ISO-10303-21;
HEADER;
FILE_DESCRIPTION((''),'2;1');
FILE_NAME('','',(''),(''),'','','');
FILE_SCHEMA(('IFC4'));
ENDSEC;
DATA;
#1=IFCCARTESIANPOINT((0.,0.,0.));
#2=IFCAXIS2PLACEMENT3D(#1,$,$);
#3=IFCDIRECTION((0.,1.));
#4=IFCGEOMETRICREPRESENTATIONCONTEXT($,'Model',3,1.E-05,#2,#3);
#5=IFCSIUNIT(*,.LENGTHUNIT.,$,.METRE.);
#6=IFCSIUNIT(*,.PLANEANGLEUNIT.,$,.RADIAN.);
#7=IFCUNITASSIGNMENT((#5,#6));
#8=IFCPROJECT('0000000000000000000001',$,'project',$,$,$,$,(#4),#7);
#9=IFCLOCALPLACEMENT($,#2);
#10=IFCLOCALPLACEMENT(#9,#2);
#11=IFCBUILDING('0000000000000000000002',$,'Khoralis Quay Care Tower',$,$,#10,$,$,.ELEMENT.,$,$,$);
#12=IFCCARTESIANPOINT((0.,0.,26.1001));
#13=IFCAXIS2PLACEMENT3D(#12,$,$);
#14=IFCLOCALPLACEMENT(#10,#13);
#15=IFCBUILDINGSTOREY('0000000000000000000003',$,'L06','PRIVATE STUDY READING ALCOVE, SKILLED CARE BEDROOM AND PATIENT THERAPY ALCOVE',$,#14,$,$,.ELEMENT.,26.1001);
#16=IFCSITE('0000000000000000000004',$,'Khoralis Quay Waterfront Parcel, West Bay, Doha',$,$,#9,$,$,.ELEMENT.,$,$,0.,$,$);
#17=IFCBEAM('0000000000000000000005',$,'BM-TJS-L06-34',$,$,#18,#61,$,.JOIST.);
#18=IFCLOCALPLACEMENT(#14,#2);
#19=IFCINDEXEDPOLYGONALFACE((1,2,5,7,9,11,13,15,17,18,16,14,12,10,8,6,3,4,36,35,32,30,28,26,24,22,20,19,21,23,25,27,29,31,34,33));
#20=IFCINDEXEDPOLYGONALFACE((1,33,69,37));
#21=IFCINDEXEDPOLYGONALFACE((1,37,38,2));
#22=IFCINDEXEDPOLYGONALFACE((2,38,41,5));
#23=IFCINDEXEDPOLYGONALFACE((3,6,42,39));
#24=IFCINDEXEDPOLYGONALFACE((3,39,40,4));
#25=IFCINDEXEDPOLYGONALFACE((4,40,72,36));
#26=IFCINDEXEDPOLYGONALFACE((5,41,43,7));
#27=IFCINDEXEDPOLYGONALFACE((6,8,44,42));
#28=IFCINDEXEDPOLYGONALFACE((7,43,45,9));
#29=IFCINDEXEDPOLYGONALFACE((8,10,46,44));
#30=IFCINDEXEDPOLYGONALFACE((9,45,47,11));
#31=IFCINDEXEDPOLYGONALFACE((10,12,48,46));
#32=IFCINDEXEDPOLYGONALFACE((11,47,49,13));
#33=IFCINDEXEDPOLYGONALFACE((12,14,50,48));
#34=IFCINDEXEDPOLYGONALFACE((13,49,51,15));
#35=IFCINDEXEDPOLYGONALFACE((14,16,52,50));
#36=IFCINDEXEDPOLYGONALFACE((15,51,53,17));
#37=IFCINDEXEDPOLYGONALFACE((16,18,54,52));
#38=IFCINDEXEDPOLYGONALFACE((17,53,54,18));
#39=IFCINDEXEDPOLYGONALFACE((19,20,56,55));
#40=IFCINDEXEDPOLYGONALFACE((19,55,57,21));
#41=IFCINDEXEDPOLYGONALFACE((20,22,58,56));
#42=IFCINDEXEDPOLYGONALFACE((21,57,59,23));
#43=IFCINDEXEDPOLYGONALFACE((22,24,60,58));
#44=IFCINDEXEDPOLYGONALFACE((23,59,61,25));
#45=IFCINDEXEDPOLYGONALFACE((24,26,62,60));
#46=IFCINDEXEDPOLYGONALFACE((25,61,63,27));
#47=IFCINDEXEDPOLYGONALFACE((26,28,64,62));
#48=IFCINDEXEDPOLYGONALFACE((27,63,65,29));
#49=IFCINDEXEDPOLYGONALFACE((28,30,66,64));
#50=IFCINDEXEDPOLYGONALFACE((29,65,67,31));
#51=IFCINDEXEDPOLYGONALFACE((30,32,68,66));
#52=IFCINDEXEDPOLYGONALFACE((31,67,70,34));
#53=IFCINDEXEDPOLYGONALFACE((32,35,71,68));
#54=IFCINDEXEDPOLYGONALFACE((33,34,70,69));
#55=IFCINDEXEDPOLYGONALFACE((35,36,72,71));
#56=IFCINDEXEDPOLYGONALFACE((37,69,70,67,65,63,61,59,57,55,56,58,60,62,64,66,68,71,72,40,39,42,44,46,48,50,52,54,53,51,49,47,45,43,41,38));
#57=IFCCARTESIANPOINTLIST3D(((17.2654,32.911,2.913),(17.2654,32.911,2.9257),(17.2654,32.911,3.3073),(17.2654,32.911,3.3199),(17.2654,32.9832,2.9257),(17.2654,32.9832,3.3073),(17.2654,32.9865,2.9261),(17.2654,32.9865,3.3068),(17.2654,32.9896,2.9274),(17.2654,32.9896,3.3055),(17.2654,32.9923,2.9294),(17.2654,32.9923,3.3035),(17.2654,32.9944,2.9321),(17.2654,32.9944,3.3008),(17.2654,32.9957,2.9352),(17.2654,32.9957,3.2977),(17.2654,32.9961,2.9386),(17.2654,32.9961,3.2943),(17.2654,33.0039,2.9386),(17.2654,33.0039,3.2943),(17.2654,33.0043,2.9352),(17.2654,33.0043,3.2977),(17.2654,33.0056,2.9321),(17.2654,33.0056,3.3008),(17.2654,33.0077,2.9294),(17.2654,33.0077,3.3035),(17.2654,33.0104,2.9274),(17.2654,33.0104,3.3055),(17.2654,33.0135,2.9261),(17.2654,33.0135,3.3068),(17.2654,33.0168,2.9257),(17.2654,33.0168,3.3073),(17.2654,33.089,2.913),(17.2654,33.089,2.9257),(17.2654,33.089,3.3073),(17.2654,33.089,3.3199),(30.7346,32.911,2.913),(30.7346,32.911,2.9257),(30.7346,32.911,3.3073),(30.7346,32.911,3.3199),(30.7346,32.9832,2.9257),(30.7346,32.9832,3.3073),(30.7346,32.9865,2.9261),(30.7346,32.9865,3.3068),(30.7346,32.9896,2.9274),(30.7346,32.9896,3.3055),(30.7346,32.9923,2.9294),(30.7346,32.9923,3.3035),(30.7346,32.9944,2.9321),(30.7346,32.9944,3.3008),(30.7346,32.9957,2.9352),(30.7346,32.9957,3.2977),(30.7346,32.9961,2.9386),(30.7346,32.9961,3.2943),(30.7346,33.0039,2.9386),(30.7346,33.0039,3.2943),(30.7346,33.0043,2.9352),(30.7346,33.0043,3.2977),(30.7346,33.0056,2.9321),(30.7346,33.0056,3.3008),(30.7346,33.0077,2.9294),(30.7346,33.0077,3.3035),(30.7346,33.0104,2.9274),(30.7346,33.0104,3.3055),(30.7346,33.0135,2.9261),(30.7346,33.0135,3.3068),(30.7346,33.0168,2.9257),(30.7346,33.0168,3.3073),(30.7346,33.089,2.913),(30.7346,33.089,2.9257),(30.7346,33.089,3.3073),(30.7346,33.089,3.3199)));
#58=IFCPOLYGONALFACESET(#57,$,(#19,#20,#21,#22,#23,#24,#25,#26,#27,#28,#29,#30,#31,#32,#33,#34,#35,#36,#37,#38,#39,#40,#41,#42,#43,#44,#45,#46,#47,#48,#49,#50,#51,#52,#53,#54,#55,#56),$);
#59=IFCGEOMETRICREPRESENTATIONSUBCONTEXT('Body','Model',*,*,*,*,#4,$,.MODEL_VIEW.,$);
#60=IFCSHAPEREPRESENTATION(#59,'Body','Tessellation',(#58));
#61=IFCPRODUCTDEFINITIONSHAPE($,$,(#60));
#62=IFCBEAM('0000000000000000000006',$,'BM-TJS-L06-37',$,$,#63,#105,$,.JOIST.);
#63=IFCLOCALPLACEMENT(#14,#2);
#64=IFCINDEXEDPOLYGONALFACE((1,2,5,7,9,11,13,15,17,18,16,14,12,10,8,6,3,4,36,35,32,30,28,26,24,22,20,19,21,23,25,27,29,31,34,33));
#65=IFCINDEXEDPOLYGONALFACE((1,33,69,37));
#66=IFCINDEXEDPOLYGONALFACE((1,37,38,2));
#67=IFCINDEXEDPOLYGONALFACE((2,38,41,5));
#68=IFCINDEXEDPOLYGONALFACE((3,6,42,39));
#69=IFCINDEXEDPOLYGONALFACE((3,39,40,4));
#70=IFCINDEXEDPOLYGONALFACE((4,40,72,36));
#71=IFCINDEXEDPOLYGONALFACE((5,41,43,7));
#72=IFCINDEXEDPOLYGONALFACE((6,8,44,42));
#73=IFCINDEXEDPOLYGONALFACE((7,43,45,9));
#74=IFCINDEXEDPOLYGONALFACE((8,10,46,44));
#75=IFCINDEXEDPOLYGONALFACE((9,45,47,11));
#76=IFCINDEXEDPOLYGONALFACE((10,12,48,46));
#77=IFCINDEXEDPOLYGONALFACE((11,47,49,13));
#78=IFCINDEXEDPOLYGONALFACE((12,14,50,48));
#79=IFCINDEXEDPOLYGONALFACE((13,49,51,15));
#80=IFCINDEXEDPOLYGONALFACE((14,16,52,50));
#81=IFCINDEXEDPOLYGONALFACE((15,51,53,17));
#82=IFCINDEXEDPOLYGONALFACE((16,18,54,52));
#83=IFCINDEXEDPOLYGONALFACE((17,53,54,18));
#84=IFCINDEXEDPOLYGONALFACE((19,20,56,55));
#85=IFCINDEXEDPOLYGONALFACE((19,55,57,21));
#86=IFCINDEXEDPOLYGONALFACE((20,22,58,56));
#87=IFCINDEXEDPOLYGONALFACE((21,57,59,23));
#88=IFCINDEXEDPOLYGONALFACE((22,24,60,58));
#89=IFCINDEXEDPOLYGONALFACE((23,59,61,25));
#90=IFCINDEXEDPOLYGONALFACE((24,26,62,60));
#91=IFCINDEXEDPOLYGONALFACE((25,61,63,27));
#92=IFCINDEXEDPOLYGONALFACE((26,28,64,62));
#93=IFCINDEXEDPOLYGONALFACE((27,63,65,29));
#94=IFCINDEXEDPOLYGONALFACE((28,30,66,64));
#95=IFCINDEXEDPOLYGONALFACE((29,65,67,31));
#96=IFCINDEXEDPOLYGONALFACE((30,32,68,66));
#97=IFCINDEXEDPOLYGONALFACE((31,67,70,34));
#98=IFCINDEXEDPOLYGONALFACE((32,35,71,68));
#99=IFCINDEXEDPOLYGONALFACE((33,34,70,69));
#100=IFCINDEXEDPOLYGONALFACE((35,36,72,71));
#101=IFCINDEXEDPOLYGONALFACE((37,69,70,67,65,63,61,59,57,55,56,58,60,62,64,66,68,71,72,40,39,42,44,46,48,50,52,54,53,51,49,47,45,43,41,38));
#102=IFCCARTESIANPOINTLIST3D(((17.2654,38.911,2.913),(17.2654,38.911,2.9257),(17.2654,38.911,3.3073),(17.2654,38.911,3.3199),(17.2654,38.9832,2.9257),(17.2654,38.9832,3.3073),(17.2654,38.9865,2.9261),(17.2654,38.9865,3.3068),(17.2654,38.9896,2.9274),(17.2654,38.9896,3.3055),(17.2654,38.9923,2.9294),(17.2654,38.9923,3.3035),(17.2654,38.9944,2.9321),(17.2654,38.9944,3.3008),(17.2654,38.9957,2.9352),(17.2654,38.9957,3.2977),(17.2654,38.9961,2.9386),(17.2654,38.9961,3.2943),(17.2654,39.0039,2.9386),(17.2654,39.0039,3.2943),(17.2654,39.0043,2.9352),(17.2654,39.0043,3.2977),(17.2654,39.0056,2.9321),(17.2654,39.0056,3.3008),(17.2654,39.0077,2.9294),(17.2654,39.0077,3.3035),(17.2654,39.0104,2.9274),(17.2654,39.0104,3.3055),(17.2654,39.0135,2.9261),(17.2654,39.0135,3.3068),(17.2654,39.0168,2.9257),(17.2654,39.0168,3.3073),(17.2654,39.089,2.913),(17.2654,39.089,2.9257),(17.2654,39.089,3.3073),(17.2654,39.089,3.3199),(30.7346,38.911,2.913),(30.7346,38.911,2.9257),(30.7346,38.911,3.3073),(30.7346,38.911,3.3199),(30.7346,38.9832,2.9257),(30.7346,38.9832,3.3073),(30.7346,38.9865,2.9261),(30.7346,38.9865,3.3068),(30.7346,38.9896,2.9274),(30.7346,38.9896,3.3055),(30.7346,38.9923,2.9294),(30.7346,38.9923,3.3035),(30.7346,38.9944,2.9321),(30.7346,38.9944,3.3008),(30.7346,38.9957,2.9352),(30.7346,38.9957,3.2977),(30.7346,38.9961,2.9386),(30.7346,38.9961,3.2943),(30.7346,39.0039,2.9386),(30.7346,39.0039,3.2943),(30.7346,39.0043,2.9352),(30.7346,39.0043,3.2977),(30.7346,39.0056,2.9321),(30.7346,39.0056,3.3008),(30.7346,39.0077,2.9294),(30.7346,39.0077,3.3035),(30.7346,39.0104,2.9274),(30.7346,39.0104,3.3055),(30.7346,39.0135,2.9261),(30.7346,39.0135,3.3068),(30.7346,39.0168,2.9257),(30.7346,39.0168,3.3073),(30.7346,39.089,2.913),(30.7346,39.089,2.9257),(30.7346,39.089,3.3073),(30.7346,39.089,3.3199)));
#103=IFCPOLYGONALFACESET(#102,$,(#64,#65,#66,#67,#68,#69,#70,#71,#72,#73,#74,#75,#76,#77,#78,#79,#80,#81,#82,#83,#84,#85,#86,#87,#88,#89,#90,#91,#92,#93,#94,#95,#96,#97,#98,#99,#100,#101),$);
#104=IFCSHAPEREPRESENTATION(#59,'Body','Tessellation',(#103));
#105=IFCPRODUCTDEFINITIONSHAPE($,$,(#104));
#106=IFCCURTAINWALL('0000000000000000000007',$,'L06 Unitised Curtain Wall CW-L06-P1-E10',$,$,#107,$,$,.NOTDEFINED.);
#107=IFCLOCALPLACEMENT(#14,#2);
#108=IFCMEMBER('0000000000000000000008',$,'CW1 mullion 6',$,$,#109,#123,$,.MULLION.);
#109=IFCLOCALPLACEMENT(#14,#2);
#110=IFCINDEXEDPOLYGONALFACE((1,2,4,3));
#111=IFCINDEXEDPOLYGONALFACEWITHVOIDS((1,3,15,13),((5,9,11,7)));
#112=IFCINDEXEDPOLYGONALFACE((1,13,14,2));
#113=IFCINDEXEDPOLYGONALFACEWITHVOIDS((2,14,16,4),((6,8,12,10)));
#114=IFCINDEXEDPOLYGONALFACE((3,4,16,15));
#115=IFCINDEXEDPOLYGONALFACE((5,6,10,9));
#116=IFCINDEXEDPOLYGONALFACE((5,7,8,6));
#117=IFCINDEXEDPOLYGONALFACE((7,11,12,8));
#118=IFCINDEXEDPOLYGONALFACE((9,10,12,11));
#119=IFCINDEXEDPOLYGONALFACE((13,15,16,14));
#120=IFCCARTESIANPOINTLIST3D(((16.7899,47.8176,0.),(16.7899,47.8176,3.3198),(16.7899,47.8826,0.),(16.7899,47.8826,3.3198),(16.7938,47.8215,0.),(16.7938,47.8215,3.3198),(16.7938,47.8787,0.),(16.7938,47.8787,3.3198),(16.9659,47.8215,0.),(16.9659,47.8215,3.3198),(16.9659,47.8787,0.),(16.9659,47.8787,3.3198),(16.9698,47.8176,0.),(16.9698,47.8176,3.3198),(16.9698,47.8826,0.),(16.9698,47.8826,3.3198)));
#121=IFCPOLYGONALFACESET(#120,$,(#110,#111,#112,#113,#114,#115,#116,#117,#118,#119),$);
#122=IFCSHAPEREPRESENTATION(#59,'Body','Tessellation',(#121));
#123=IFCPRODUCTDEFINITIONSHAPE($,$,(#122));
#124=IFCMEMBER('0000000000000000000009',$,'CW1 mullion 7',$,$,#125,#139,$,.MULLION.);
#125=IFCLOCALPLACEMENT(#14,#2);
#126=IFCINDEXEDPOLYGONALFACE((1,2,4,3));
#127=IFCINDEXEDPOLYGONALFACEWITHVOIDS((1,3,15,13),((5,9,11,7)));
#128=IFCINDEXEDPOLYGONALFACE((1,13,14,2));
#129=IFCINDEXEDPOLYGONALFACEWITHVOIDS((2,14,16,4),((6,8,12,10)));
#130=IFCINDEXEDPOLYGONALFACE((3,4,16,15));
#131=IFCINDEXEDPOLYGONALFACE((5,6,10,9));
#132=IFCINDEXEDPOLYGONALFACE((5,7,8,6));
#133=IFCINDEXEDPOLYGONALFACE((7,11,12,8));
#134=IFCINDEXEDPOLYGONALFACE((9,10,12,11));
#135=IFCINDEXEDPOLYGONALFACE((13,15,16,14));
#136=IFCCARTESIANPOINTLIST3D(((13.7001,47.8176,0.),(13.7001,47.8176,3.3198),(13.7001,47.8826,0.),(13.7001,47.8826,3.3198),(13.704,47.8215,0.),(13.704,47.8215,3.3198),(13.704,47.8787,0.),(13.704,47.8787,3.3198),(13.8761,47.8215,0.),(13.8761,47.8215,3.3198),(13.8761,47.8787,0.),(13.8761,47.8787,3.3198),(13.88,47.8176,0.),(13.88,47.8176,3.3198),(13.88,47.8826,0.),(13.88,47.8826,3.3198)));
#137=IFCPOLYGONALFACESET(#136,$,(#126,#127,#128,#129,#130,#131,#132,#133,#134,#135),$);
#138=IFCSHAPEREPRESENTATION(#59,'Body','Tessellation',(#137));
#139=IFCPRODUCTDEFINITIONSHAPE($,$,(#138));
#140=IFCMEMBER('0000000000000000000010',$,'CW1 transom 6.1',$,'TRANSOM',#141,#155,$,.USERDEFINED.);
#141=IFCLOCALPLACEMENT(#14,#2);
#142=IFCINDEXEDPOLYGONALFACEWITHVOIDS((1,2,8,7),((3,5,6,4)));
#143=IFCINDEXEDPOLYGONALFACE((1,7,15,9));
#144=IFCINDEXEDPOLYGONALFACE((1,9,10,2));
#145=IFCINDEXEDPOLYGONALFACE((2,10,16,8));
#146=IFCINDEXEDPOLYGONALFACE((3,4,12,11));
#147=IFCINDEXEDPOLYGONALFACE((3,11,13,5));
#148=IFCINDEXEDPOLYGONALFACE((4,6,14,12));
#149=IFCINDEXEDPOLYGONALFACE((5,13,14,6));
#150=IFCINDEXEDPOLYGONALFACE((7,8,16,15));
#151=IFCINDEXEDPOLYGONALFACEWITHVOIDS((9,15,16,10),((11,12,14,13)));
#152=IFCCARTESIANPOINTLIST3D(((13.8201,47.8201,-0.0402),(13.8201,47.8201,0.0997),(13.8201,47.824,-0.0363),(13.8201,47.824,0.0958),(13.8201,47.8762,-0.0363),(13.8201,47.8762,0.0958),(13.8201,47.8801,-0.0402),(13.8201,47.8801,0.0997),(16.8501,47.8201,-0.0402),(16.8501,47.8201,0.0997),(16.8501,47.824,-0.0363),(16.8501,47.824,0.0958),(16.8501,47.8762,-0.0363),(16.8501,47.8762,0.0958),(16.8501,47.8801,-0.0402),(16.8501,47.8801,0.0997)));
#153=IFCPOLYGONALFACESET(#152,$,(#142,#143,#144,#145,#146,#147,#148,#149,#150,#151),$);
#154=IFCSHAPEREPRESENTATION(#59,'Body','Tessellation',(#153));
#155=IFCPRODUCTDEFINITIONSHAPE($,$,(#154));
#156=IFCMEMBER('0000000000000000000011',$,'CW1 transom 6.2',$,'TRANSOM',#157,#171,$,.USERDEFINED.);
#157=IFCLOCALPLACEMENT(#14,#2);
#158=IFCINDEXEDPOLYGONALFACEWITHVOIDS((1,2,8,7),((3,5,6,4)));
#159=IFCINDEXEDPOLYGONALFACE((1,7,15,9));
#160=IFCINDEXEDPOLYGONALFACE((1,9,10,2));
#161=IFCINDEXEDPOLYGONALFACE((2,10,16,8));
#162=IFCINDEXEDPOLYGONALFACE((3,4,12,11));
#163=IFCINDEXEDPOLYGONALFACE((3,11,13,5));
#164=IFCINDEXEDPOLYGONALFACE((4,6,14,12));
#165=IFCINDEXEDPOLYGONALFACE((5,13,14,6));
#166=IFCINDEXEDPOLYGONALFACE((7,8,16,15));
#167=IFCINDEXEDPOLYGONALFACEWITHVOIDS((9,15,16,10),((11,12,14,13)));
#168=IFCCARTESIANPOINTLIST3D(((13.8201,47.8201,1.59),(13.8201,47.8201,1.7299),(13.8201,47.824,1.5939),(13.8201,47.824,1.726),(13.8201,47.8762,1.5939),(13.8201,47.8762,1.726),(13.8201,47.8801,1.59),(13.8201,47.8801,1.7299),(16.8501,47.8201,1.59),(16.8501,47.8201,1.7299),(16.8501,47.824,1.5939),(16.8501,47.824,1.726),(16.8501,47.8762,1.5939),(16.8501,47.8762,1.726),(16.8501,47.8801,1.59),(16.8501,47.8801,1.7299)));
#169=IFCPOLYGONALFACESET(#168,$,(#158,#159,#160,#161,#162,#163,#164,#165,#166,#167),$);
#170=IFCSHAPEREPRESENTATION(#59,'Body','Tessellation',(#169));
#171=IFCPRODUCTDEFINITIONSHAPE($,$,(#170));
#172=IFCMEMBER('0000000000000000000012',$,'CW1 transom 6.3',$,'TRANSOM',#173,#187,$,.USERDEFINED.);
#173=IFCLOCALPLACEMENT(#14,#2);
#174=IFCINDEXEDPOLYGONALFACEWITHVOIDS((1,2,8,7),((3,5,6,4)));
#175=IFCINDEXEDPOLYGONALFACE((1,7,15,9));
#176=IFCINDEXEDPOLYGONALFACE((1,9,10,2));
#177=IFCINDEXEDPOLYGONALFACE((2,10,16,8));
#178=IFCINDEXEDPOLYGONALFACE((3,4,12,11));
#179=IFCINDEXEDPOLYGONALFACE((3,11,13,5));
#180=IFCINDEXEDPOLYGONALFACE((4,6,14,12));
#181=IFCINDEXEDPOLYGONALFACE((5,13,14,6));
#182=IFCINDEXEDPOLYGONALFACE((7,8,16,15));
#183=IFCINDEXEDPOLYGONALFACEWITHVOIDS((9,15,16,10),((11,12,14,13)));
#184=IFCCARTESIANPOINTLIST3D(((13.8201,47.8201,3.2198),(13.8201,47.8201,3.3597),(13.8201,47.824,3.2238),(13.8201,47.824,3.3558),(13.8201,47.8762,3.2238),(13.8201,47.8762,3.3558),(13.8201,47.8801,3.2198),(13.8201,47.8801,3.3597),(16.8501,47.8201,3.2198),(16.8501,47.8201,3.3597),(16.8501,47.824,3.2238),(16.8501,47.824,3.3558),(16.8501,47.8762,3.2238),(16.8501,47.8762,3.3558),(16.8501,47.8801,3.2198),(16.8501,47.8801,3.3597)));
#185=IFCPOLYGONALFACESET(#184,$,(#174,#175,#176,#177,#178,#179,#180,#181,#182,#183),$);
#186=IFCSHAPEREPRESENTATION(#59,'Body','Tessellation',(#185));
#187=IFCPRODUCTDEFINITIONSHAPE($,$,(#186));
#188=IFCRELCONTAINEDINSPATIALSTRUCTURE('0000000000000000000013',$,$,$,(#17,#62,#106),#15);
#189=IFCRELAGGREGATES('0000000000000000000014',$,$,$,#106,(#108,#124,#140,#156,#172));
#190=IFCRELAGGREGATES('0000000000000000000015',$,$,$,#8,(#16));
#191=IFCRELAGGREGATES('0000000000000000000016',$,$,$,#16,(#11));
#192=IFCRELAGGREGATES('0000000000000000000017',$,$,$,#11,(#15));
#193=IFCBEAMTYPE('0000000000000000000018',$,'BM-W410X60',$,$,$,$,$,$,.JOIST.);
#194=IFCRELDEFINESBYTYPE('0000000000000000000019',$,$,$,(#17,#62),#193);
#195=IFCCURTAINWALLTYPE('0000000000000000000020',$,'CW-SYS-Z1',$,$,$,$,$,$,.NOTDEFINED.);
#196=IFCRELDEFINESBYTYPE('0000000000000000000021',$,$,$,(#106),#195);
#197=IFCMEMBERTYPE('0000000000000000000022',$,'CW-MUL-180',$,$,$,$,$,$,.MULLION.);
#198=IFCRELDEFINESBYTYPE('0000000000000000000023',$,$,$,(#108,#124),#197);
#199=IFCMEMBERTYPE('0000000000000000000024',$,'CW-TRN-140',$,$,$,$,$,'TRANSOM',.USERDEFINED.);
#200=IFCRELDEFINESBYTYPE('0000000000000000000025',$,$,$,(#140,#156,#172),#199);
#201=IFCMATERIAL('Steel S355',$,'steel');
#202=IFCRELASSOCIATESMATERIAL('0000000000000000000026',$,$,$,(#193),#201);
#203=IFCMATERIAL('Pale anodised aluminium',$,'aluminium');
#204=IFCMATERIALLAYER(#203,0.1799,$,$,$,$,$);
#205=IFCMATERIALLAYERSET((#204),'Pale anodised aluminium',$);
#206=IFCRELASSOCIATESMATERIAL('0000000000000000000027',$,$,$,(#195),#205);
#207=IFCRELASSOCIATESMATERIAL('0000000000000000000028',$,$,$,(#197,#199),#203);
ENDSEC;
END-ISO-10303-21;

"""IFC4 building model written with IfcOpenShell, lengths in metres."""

from ifc_helpers import new_model, si_unit, direction, frame, origin, origin_2d, place, context, subcontext, project, spatial, hollow_rectangle, i_section, extrude, source, transform, mapped, material, layer, layer_set, material_profile, profile_set, type_object, element, aggregate, save


model = new_model("IFC4")

# Units and contexts
model_context = context("Model", 3, precision=1e-05, world=origin(), true_north=direction((0.0, 1.0)))
body_context = subcontext(model_context, "Body", "Model", "MODEL_VIEW")
ifc_project = project(units=[si_unit("LENGTHUNIT", "METRE"), si_unit("PLANEANGLEUNIT", "RADIAN")], contexts=[model_context])

# Site, building, storey
site_placement = place(None, origin())
site = spatial("IfcSite", under=ifc_project, at=site_placement, Name="Khoralis Quay Waterfront Parcel, West Bay, Doha", CompositionType="ELEMENT", RefElevation=0.0)
building_placement = place(site_placement, origin())
building = spatial("IfcBuilding", under=site, at=building_placement, Name="Khoralis Quay Care Tower", CompositionType="ELEMENT")
storey_placement = place(building_placement, frame((0.0, 0.0, 26.1001)))
storey = spatial("IfcBuildingStorey", under=building, at=storey_placement, Name="L06", Description="PRIVATE STUDY READING ALCOVE, SKILLED CARE BEDROOM AND PATIENT THERAPY ALCOVE", CompositionType="ELEMENT", Elevation=26.1001)

# Beams
ifc_material_1 = material(Name="Steel S355", Category="steel")
ifc_material_profile_1 = material_profile(ifc_material_1, i_section(OverallWidth=0.178, OverallDepth=0.407, WebThickness=0.0078, FlangeThickness=0.0127, FilletRadius=0.0129, at=origin_2d()), Name="Steel S355")
ifc_profile_set_1 = profile_set([ifc_material_profile_1], Name="Steel S355")
beam_type_1 = type_object("IfcBeamType", Name="BM-W410X60", PredefinedType="JOIST", material=ifc_profile_set_1)
shared_shape_1 = source(origin(), body_context, "Body", "SweptSolid", [
    extrude(i_section(OverallWidth=0.178, OverallDepth=0.407, WebThickness=0.0078, FlangeThickness=0.0127, FilletRadius=0.0129, at=origin_2d()), origin(), (0.0, 0.0, 1.0), 13.4692),
])
for number, where, z_axis, x_axis, name in (
    (1, (17.2654, 33.0, 3.1165), (1.0, 0.0, 0.0), (0.0, 1.0, 0.0), "BM-TJS-L06-34"),
    (2, (17.2654, 39.0, 3.1165), (1.0, 0.0, 0.0), (0.0, 1.0, 0.0), "BM-TJS-L06-37"),
):
    element("IfcBeam", number, at=place(storey_placement, frame(where, z_axis=z_axis, x_axis=x_axis)), inside=storey, type_object=beam_type_1, Name=name, PredefinedType="JOIST", context=body_context, shape_type="MappedRepresentation", body=[
        mapped(shared_shape_1, transform((0.0, 0.0, 0.0), scale=1.0)),
    ])

# Curtain wall, members
ifc_material_2 = material(Name="Pale anodised aluminium", Category="aluminium")
ifc_layer_1 = layer(ifc_material_2, 0.1799)
ifc_layer_set_1 = layer_set([ifc_layer_1], Name="Pale anodised aluminium")
curtain_wall_type = type_object("IfcCurtainWallType", Name="CW-SYS-Z1", PredefinedType="NOTDEFINED", material=ifc_layer_set_1)
curtain_wall_placement = place(storey_placement, origin())
curtain_wall = element("IfcCurtainWall", 3, at=curtain_wall_placement, inside=storey, type_object=curtain_wall_type, Name="L06 Unitised Curtain Wall CW-L06-P1-E10", PredefinedType="NOTDEFINED")
ifc_material_profile_2 = material_profile(ifc_material_2, hollow_rectangle(XDim=0.0649, YDim=0.1799, WallThickness=0.0039, at=origin_2d()), Name="Pale anodised aluminium")
ifc_profile_set_2 = profile_set([ifc_material_profile_2], Name="Pale anodised aluminium")
member_type_1 = type_object("IfcMemberType", Name="CW-MUL-180", PredefinedType="MULLION", material=ifc_profile_set_2)
shared_shape_2 = source(origin(), body_context, "Body", "SweptSolid", [
    extrude(hollow_rectangle(XDim=0.0649, YDim=0.1799, WallThickness=0.0039, at=origin_2d()), origin(), (0.0, 0.0, 1.0), 3.3198),
])
member_1_placement = place(storey_placement, frame((16.8799, 47.8501, 0.0), z_axis=(0.0, 0.0, 1.0), x_axis=(0.0, -1.0, 0.0)))
member_1 = element("IfcMember", 4, at=member_1_placement, type_object=member_type_1, Name="CW1 mullion 6", PredefinedType="MULLION", context=body_context, shape_type="MappedRepresentation", body=[
    mapped(shared_shape_2, transform((0.0, 0.0, 0.0), scale=1.0)),
])
member_2_placement = place(storey_placement, frame((13.79, 47.8501, 0.0), z_axis=(0.0, 0.0, 1.0), x_axis=(0.0, -1.0, 0.0)))
member_2 = element("IfcMember", 5, at=member_2_placement, type_object=member_type_1, Name="CW1 mullion 7", PredefinedType="MULLION", context=body_context, shape_type="MappedRepresentation", body=[
    mapped(shared_shape_2, transform((0.0, 0.0, 0.0), scale=1.0)),
])
ifc_material_profile_3 = material_profile(ifc_material_2, hollow_rectangle(XDim=0.0601, YDim=0.1399, WallThickness=0.0039, at=origin_2d()), Name="Pale anodised aluminium")
ifc_profile_set_3 = profile_set([ifc_material_profile_3], Name="Pale anodised aluminium")
member_type_2 = type_object("IfcMemberType", Name="CW-TRN-140", ElementType="TRANSOM", PredefinedType="USERDEFINED", material=ifc_profile_set_3)
shared_shape_3 = source(origin(), body_context, "Body", "SweptSolid", [
    extrude(hollow_rectangle(XDim=0.0601, YDim=0.1399, WallThickness=0.0039, at=origin_2d()), origin(), (0.0, 0.0, 1.0), 3.03),
])
member_3_placement = place(storey_placement, frame((16.8501, 47.8501, 0.0298), z_axis=(-1.0, 0.0, 0.0), x_axis=(0.0, -1.0, 0.0)))
member_3 = element("IfcMember", 6, at=member_3_placement, type_object=member_type_2, Name="CW1 transom 6.1", ObjectType="TRANSOM", PredefinedType="USERDEFINED", context=body_context, shape_type="MappedRepresentation", body=[
    mapped(shared_shape_3, transform((0.0, 0.0, 0.0), scale=1.0)),
])
member_4_placement = place(storey_placement, frame((16.8501, 47.8501, 1.6599), z_axis=(-1.0, 0.0, 0.0), x_axis=(0.0, -1.0, 0.0)))
member_4 = element("IfcMember", 7, at=member_4_placement, type_object=member_type_2, Name="CW1 transom 6.2", ObjectType="TRANSOM", PredefinedType="USERDEFINED", context=body_context, shape_type="MappedRepresentation", body=[
    mapped(shared_shape_3, transform((0.0, 0.0, 0.0), scale=1.0)),
])
member_5_placement = place(storey_placement, frame((16.8501, 47.8501, 3.2898), z_axis=(-1.0, 0.0, 0.0), x_axis=(0.0, -1.0, 0.0)))
member_5 = element("IfcMember", 8, at=member_5_placement, type_object=member_type_2, Name="CW1 transom 6.3", ObjectType="TRANSOM", PredefinedType="USERDEFINED", context=body_context, shape_type="MappedRepresentation", body=[
    mapped(shared_shape_3, transform((0.0, 0.0, 0.0), scale=1.0)),
])
aggregate(curtain_wall, [member_1, member_2, member_3, member_4, member_5])

save(model, "model.ifc")
